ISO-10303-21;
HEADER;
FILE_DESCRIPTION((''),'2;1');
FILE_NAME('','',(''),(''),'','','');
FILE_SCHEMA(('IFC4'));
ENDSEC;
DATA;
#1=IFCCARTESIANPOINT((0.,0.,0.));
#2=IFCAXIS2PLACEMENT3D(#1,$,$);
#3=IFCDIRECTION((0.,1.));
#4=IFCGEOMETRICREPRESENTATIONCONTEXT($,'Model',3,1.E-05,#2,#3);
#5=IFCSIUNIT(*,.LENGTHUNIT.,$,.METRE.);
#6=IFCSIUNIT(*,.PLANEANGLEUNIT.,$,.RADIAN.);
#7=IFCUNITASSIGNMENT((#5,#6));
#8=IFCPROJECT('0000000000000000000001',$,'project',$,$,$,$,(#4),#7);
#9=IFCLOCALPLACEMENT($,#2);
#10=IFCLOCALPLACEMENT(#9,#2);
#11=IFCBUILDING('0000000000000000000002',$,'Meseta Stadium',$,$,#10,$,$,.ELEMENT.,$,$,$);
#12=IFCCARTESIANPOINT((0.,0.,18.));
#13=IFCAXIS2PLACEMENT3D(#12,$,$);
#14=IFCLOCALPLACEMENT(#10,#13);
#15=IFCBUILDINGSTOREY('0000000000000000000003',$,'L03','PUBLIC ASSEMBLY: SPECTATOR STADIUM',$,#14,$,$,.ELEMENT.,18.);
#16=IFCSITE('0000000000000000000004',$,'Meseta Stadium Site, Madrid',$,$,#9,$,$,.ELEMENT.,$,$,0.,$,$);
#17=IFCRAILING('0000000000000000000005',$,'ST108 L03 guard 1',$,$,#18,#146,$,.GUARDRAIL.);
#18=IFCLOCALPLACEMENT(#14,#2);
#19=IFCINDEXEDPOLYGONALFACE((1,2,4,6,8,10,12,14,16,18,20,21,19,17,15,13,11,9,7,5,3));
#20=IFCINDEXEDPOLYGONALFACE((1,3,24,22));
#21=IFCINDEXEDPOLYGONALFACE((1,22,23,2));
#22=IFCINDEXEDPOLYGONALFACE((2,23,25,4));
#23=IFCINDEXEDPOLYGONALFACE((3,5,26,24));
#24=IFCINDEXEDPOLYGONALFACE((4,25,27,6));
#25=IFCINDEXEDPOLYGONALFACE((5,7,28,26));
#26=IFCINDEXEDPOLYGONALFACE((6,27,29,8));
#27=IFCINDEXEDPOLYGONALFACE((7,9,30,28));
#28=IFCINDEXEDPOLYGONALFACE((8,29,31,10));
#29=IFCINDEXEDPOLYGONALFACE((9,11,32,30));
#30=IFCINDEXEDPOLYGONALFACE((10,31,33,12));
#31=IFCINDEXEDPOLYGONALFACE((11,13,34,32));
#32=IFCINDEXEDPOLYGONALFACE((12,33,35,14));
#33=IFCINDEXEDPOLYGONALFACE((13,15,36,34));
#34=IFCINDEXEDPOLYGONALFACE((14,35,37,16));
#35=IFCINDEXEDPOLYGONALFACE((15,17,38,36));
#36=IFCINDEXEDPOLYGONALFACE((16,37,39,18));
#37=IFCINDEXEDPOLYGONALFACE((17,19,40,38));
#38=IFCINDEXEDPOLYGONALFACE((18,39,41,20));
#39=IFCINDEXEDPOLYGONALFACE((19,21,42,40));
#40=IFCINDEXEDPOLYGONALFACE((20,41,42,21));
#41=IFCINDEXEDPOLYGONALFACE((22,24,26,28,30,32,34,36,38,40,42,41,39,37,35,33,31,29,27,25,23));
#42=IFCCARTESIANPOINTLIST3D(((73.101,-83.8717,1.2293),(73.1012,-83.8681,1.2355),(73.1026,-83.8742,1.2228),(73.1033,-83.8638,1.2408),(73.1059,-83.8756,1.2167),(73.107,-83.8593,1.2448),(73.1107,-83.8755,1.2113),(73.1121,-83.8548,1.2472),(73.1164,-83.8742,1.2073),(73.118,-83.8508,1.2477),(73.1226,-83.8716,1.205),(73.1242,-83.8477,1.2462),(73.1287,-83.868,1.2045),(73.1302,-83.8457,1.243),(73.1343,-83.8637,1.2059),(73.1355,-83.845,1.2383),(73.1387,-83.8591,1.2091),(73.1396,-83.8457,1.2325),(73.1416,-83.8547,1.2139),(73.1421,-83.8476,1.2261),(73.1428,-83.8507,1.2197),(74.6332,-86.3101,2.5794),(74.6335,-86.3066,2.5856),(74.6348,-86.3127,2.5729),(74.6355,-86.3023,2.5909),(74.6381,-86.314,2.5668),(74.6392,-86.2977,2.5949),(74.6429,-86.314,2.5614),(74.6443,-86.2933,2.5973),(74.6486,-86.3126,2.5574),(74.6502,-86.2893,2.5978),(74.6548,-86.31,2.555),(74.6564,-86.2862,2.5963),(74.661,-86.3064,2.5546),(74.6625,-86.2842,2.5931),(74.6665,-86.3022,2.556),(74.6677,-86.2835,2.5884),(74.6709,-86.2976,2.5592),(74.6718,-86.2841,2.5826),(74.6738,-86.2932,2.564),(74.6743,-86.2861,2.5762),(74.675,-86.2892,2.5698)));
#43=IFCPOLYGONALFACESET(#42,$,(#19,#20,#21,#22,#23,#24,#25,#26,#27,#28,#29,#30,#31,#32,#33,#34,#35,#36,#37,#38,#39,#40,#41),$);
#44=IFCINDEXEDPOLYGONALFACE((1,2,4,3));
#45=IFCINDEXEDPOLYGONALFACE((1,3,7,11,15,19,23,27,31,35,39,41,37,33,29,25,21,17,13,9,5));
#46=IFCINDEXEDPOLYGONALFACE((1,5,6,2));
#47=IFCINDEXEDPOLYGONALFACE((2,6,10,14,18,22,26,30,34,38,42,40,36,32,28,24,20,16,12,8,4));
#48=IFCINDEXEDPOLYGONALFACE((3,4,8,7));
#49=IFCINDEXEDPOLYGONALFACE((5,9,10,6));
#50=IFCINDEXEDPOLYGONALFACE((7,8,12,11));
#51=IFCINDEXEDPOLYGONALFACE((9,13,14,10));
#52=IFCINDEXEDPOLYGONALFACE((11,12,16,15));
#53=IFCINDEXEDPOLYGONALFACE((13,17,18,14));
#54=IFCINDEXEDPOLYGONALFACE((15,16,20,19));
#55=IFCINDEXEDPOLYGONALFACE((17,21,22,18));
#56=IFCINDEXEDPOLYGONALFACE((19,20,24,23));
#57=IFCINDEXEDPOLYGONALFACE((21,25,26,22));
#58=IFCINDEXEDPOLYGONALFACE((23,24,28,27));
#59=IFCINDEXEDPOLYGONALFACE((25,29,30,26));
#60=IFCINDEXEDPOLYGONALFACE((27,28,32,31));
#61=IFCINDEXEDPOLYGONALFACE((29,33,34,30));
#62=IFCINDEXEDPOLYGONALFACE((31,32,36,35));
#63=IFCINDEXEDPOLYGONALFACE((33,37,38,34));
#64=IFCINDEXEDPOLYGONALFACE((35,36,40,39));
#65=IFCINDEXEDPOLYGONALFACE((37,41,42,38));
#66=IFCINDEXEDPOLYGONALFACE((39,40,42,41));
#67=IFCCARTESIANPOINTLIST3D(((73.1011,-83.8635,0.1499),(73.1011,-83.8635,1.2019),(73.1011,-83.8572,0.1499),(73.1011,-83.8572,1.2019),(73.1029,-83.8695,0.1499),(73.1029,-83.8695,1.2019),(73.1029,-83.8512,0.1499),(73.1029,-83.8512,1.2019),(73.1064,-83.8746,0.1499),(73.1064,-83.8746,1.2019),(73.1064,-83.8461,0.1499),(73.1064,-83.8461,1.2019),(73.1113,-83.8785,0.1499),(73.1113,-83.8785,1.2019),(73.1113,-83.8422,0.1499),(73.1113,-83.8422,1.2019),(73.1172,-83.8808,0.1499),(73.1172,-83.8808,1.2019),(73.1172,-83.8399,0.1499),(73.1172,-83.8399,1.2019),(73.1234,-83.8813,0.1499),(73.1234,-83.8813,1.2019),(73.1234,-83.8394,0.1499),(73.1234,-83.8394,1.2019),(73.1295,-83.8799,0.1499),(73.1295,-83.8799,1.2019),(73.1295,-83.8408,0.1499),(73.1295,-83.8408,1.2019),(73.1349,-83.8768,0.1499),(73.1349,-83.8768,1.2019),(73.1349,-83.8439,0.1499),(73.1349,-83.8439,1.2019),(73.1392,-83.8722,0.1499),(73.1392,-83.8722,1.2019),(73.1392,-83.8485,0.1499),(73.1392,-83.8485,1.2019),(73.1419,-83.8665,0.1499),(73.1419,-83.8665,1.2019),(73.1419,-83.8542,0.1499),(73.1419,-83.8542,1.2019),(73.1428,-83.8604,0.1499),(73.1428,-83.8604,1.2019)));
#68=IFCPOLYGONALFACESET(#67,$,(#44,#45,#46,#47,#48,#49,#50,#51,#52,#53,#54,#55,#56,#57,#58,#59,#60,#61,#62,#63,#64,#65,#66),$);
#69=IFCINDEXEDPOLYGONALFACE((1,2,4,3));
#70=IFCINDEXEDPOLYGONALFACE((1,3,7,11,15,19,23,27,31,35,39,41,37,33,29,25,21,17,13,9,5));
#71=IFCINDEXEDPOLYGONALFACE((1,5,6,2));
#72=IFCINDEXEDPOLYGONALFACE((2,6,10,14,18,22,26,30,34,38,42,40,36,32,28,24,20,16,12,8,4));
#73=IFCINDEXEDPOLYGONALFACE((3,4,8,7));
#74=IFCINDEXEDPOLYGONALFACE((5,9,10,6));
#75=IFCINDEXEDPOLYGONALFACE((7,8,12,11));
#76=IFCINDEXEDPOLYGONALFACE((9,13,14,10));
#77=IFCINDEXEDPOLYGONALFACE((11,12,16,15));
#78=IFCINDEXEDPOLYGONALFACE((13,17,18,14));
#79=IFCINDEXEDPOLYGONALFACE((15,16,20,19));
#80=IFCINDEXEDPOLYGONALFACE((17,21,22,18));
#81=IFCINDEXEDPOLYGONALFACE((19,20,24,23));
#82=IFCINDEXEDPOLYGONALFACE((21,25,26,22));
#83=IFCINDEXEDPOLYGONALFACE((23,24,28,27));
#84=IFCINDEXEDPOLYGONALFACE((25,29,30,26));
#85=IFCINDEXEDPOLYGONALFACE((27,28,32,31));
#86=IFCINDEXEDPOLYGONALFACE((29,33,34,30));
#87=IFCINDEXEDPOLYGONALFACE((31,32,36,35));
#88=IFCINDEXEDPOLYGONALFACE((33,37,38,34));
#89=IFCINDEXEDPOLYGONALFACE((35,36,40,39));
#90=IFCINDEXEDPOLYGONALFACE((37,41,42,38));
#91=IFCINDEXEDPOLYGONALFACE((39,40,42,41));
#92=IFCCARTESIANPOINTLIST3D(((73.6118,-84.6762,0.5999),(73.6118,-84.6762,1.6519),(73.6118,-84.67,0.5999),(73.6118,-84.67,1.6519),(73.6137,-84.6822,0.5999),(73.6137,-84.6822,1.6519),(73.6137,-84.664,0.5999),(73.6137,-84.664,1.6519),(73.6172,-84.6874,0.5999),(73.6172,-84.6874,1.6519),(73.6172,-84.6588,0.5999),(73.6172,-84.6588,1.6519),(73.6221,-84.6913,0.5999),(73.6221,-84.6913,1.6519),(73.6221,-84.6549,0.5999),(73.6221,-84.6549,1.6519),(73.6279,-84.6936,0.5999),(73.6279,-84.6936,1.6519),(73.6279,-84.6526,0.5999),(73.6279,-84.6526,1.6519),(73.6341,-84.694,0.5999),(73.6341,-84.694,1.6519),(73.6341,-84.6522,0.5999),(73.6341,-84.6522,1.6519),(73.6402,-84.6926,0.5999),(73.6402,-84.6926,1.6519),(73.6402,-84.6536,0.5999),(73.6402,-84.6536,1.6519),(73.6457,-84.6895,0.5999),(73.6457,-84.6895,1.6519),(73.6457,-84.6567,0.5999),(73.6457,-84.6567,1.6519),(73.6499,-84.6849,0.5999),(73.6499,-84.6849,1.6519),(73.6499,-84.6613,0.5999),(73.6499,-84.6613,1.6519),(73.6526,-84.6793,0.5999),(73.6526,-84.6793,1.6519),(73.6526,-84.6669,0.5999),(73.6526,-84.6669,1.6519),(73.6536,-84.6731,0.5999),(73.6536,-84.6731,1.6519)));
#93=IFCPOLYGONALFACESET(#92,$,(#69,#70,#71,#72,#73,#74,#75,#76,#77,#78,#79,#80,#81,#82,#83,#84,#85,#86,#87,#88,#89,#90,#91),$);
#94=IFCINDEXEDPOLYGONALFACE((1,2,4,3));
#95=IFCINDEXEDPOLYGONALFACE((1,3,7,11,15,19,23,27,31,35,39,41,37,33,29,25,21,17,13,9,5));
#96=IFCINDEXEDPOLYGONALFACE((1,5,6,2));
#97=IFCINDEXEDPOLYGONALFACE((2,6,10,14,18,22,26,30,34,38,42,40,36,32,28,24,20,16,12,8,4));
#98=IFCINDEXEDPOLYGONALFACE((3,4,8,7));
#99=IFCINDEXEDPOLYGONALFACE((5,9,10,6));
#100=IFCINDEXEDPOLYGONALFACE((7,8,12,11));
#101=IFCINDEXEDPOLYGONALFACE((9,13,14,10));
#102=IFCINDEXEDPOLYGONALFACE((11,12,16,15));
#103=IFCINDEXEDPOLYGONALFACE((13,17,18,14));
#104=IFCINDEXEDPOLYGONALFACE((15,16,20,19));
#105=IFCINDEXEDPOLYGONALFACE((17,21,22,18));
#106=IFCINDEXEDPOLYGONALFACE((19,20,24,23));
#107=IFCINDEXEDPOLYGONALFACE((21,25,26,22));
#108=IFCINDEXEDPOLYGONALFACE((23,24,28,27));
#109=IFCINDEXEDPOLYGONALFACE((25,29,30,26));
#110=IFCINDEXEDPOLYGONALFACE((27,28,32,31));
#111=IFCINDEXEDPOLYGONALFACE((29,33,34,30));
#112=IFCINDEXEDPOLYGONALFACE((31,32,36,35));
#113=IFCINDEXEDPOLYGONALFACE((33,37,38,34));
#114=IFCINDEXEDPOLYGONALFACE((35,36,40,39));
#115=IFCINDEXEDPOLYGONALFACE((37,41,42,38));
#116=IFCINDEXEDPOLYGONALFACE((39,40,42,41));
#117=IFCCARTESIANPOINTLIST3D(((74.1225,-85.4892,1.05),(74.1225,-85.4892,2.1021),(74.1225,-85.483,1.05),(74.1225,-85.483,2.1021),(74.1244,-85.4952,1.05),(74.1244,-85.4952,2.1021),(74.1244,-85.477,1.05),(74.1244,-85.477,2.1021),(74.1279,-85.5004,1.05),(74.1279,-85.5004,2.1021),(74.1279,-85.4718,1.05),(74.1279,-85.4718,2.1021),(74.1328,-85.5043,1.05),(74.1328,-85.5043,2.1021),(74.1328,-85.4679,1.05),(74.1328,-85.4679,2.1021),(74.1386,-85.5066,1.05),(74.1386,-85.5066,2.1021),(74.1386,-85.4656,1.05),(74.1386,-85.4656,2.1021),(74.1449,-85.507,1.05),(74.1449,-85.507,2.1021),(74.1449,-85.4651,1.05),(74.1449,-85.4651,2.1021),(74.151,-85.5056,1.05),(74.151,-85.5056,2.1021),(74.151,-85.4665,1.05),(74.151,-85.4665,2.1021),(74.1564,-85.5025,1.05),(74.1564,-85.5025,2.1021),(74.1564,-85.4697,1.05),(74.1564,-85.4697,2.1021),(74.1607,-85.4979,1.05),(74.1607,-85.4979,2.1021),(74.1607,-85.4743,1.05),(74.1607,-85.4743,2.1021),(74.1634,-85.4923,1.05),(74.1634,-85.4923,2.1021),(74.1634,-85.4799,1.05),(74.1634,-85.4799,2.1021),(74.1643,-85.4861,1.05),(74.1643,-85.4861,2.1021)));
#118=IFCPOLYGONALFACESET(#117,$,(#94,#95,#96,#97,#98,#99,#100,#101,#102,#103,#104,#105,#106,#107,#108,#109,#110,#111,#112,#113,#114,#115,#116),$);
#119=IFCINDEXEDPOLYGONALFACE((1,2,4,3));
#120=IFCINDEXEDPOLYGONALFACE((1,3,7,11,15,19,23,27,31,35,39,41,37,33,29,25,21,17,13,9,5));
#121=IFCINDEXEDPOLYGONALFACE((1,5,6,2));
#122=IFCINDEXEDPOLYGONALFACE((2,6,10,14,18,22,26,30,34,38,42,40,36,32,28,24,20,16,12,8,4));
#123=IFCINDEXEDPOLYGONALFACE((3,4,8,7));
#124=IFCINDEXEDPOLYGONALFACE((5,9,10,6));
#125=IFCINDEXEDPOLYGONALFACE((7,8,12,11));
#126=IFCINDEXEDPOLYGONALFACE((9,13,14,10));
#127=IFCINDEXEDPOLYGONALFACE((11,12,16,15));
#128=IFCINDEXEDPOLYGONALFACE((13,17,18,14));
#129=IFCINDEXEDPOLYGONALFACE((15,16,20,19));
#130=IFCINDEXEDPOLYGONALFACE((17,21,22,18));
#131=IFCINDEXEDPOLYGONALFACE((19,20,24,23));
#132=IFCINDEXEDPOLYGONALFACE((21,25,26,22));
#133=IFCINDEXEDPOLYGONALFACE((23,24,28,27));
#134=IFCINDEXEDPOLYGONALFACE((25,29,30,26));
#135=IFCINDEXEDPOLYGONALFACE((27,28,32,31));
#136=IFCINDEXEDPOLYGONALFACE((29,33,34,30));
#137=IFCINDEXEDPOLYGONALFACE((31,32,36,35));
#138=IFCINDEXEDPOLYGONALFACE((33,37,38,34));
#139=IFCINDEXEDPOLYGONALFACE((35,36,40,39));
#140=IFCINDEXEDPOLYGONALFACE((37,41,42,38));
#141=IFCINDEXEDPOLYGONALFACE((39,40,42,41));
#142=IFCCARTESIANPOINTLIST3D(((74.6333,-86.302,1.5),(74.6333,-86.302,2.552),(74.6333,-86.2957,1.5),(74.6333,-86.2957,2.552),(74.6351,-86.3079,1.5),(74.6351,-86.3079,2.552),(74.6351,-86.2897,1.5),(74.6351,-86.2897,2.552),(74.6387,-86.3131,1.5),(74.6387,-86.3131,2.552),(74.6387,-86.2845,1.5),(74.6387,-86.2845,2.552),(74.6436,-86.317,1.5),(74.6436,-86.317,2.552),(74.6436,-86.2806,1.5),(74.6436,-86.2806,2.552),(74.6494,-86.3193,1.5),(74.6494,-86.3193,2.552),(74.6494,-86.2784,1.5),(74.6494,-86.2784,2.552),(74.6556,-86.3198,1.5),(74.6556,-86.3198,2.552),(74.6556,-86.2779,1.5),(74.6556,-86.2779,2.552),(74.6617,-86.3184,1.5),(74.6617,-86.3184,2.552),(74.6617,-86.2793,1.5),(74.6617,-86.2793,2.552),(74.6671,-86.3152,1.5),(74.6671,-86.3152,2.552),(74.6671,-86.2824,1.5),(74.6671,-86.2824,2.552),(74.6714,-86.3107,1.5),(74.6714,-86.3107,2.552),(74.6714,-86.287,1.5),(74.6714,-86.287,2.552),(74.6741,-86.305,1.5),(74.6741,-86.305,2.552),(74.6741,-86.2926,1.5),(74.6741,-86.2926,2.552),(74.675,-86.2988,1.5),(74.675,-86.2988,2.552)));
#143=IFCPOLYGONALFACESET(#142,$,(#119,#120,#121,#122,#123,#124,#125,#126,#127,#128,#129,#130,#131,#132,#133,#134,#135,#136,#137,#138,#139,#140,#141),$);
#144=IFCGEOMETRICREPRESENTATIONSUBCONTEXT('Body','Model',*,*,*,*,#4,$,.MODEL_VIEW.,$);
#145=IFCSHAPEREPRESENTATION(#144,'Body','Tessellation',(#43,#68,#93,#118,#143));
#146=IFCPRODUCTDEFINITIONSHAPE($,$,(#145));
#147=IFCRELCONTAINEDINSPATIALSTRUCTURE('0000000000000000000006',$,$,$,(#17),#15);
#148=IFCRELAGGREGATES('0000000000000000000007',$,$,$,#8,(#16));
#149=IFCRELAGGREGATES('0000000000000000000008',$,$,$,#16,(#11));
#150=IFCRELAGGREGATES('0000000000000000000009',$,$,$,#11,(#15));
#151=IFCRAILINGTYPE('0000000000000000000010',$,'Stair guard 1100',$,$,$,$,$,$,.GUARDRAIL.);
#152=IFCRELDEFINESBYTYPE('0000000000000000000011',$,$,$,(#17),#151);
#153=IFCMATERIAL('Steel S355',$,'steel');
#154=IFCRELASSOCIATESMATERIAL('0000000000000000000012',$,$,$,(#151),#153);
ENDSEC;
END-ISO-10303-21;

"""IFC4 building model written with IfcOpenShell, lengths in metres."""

from ifc_helpers import new_model, si_unit, direction, frame, origin, origin_2d, place, context, subcontext, project, spatial, circle, extrude, material, type_object, element, save


model = new_model("IFC4")

# Units and contexts
model_context = context("Model", 3, precision=1e-05, world=origin(), true_north=direction((0.0, 1.0)))
body_context = subcontext(model_context, "Body", "Model", "MODEL_VIEW")
ifc_project = project(units=[si_unit("LENGTHUNIT", "METRE"), si_unit("PLANEANGLEUNIT", "RADIAN")], contexts=[model_context])

# Site, building, storey
site_placement = place(None, origin())
site = spatial("IfcSite", under=ifc_project, at=site_placement, Name="Meseta Stadium Site, Madrid", CompositionType="ELEMENT", RefElevation=0.0)
building_placement = place(site_placement, origin())
building = spatial("IfcBuilding", under=site, at=building_placement, Name="Meseta Stadium", CompositionType="ELEMENT")
storey_placement = place(building_placement, frame((0.0, 0.0, 18.0)))
storey = spatial("IfcBuildingStorey", under=building, at=storey_placement, Name="L03", Description="PUBLIC ASSEMBLY: SPECTATOR STADIUM", CompositionType="ELEMENT", Elevation=18.0)

# Railing
ifc_material_1 = material(Name="Steel S355", Category="steel")
railing_type_1 = type_object("IfcRailingType", Name="Stair guard 1100", PredefinedType="GUARDRAIL", material=ifc_material_1)
railing_1_placement = place(storey_placement, frame((73.1218, -83.8604, 0.1499)))
element("IfcRailing", 1, at=railing_1_placement, inside=storey, type_object=railing_type_1, Name="ST108 L03 guard 1", PredefinedType="GUARDRAIL", context=body_context, shape_type="SweptSolid", body=[
    extrude(circle(Radius=0.0239, at=origin_2d()), frame((0.0, 0.0, 1.0762), z_axis=(0.481731, -0.766655, 0.42447), x_axis=(0.846719, 0.53204, 0.0)), (0.0, 0.0, 1.0), 3.1807),
    extrude(circle(Radius=0.021, at=origin_2d()), origin(), (0.0, 0.0, 1.0), 1.052),
    extrude(circle(Radius=0.021, at=origin_2d()), frame((0.5107, -0.8127, 0.45)), (0.0, 0.0, 1.0), 1.052),
    extrude(circle(Radius=0.021, at=origin_2d()), frame((1.0215, -1.6257, 0.9001)), (0.0, 0.0, 1.0), 1.052),
    extrude(circle(Radius=0.021, at=origin_2d()), frame((1.5322, -2.4385, 1.3501)), (0.0, 0.0, 1.0), 1.052),
])

save(model, "model.ifc")
